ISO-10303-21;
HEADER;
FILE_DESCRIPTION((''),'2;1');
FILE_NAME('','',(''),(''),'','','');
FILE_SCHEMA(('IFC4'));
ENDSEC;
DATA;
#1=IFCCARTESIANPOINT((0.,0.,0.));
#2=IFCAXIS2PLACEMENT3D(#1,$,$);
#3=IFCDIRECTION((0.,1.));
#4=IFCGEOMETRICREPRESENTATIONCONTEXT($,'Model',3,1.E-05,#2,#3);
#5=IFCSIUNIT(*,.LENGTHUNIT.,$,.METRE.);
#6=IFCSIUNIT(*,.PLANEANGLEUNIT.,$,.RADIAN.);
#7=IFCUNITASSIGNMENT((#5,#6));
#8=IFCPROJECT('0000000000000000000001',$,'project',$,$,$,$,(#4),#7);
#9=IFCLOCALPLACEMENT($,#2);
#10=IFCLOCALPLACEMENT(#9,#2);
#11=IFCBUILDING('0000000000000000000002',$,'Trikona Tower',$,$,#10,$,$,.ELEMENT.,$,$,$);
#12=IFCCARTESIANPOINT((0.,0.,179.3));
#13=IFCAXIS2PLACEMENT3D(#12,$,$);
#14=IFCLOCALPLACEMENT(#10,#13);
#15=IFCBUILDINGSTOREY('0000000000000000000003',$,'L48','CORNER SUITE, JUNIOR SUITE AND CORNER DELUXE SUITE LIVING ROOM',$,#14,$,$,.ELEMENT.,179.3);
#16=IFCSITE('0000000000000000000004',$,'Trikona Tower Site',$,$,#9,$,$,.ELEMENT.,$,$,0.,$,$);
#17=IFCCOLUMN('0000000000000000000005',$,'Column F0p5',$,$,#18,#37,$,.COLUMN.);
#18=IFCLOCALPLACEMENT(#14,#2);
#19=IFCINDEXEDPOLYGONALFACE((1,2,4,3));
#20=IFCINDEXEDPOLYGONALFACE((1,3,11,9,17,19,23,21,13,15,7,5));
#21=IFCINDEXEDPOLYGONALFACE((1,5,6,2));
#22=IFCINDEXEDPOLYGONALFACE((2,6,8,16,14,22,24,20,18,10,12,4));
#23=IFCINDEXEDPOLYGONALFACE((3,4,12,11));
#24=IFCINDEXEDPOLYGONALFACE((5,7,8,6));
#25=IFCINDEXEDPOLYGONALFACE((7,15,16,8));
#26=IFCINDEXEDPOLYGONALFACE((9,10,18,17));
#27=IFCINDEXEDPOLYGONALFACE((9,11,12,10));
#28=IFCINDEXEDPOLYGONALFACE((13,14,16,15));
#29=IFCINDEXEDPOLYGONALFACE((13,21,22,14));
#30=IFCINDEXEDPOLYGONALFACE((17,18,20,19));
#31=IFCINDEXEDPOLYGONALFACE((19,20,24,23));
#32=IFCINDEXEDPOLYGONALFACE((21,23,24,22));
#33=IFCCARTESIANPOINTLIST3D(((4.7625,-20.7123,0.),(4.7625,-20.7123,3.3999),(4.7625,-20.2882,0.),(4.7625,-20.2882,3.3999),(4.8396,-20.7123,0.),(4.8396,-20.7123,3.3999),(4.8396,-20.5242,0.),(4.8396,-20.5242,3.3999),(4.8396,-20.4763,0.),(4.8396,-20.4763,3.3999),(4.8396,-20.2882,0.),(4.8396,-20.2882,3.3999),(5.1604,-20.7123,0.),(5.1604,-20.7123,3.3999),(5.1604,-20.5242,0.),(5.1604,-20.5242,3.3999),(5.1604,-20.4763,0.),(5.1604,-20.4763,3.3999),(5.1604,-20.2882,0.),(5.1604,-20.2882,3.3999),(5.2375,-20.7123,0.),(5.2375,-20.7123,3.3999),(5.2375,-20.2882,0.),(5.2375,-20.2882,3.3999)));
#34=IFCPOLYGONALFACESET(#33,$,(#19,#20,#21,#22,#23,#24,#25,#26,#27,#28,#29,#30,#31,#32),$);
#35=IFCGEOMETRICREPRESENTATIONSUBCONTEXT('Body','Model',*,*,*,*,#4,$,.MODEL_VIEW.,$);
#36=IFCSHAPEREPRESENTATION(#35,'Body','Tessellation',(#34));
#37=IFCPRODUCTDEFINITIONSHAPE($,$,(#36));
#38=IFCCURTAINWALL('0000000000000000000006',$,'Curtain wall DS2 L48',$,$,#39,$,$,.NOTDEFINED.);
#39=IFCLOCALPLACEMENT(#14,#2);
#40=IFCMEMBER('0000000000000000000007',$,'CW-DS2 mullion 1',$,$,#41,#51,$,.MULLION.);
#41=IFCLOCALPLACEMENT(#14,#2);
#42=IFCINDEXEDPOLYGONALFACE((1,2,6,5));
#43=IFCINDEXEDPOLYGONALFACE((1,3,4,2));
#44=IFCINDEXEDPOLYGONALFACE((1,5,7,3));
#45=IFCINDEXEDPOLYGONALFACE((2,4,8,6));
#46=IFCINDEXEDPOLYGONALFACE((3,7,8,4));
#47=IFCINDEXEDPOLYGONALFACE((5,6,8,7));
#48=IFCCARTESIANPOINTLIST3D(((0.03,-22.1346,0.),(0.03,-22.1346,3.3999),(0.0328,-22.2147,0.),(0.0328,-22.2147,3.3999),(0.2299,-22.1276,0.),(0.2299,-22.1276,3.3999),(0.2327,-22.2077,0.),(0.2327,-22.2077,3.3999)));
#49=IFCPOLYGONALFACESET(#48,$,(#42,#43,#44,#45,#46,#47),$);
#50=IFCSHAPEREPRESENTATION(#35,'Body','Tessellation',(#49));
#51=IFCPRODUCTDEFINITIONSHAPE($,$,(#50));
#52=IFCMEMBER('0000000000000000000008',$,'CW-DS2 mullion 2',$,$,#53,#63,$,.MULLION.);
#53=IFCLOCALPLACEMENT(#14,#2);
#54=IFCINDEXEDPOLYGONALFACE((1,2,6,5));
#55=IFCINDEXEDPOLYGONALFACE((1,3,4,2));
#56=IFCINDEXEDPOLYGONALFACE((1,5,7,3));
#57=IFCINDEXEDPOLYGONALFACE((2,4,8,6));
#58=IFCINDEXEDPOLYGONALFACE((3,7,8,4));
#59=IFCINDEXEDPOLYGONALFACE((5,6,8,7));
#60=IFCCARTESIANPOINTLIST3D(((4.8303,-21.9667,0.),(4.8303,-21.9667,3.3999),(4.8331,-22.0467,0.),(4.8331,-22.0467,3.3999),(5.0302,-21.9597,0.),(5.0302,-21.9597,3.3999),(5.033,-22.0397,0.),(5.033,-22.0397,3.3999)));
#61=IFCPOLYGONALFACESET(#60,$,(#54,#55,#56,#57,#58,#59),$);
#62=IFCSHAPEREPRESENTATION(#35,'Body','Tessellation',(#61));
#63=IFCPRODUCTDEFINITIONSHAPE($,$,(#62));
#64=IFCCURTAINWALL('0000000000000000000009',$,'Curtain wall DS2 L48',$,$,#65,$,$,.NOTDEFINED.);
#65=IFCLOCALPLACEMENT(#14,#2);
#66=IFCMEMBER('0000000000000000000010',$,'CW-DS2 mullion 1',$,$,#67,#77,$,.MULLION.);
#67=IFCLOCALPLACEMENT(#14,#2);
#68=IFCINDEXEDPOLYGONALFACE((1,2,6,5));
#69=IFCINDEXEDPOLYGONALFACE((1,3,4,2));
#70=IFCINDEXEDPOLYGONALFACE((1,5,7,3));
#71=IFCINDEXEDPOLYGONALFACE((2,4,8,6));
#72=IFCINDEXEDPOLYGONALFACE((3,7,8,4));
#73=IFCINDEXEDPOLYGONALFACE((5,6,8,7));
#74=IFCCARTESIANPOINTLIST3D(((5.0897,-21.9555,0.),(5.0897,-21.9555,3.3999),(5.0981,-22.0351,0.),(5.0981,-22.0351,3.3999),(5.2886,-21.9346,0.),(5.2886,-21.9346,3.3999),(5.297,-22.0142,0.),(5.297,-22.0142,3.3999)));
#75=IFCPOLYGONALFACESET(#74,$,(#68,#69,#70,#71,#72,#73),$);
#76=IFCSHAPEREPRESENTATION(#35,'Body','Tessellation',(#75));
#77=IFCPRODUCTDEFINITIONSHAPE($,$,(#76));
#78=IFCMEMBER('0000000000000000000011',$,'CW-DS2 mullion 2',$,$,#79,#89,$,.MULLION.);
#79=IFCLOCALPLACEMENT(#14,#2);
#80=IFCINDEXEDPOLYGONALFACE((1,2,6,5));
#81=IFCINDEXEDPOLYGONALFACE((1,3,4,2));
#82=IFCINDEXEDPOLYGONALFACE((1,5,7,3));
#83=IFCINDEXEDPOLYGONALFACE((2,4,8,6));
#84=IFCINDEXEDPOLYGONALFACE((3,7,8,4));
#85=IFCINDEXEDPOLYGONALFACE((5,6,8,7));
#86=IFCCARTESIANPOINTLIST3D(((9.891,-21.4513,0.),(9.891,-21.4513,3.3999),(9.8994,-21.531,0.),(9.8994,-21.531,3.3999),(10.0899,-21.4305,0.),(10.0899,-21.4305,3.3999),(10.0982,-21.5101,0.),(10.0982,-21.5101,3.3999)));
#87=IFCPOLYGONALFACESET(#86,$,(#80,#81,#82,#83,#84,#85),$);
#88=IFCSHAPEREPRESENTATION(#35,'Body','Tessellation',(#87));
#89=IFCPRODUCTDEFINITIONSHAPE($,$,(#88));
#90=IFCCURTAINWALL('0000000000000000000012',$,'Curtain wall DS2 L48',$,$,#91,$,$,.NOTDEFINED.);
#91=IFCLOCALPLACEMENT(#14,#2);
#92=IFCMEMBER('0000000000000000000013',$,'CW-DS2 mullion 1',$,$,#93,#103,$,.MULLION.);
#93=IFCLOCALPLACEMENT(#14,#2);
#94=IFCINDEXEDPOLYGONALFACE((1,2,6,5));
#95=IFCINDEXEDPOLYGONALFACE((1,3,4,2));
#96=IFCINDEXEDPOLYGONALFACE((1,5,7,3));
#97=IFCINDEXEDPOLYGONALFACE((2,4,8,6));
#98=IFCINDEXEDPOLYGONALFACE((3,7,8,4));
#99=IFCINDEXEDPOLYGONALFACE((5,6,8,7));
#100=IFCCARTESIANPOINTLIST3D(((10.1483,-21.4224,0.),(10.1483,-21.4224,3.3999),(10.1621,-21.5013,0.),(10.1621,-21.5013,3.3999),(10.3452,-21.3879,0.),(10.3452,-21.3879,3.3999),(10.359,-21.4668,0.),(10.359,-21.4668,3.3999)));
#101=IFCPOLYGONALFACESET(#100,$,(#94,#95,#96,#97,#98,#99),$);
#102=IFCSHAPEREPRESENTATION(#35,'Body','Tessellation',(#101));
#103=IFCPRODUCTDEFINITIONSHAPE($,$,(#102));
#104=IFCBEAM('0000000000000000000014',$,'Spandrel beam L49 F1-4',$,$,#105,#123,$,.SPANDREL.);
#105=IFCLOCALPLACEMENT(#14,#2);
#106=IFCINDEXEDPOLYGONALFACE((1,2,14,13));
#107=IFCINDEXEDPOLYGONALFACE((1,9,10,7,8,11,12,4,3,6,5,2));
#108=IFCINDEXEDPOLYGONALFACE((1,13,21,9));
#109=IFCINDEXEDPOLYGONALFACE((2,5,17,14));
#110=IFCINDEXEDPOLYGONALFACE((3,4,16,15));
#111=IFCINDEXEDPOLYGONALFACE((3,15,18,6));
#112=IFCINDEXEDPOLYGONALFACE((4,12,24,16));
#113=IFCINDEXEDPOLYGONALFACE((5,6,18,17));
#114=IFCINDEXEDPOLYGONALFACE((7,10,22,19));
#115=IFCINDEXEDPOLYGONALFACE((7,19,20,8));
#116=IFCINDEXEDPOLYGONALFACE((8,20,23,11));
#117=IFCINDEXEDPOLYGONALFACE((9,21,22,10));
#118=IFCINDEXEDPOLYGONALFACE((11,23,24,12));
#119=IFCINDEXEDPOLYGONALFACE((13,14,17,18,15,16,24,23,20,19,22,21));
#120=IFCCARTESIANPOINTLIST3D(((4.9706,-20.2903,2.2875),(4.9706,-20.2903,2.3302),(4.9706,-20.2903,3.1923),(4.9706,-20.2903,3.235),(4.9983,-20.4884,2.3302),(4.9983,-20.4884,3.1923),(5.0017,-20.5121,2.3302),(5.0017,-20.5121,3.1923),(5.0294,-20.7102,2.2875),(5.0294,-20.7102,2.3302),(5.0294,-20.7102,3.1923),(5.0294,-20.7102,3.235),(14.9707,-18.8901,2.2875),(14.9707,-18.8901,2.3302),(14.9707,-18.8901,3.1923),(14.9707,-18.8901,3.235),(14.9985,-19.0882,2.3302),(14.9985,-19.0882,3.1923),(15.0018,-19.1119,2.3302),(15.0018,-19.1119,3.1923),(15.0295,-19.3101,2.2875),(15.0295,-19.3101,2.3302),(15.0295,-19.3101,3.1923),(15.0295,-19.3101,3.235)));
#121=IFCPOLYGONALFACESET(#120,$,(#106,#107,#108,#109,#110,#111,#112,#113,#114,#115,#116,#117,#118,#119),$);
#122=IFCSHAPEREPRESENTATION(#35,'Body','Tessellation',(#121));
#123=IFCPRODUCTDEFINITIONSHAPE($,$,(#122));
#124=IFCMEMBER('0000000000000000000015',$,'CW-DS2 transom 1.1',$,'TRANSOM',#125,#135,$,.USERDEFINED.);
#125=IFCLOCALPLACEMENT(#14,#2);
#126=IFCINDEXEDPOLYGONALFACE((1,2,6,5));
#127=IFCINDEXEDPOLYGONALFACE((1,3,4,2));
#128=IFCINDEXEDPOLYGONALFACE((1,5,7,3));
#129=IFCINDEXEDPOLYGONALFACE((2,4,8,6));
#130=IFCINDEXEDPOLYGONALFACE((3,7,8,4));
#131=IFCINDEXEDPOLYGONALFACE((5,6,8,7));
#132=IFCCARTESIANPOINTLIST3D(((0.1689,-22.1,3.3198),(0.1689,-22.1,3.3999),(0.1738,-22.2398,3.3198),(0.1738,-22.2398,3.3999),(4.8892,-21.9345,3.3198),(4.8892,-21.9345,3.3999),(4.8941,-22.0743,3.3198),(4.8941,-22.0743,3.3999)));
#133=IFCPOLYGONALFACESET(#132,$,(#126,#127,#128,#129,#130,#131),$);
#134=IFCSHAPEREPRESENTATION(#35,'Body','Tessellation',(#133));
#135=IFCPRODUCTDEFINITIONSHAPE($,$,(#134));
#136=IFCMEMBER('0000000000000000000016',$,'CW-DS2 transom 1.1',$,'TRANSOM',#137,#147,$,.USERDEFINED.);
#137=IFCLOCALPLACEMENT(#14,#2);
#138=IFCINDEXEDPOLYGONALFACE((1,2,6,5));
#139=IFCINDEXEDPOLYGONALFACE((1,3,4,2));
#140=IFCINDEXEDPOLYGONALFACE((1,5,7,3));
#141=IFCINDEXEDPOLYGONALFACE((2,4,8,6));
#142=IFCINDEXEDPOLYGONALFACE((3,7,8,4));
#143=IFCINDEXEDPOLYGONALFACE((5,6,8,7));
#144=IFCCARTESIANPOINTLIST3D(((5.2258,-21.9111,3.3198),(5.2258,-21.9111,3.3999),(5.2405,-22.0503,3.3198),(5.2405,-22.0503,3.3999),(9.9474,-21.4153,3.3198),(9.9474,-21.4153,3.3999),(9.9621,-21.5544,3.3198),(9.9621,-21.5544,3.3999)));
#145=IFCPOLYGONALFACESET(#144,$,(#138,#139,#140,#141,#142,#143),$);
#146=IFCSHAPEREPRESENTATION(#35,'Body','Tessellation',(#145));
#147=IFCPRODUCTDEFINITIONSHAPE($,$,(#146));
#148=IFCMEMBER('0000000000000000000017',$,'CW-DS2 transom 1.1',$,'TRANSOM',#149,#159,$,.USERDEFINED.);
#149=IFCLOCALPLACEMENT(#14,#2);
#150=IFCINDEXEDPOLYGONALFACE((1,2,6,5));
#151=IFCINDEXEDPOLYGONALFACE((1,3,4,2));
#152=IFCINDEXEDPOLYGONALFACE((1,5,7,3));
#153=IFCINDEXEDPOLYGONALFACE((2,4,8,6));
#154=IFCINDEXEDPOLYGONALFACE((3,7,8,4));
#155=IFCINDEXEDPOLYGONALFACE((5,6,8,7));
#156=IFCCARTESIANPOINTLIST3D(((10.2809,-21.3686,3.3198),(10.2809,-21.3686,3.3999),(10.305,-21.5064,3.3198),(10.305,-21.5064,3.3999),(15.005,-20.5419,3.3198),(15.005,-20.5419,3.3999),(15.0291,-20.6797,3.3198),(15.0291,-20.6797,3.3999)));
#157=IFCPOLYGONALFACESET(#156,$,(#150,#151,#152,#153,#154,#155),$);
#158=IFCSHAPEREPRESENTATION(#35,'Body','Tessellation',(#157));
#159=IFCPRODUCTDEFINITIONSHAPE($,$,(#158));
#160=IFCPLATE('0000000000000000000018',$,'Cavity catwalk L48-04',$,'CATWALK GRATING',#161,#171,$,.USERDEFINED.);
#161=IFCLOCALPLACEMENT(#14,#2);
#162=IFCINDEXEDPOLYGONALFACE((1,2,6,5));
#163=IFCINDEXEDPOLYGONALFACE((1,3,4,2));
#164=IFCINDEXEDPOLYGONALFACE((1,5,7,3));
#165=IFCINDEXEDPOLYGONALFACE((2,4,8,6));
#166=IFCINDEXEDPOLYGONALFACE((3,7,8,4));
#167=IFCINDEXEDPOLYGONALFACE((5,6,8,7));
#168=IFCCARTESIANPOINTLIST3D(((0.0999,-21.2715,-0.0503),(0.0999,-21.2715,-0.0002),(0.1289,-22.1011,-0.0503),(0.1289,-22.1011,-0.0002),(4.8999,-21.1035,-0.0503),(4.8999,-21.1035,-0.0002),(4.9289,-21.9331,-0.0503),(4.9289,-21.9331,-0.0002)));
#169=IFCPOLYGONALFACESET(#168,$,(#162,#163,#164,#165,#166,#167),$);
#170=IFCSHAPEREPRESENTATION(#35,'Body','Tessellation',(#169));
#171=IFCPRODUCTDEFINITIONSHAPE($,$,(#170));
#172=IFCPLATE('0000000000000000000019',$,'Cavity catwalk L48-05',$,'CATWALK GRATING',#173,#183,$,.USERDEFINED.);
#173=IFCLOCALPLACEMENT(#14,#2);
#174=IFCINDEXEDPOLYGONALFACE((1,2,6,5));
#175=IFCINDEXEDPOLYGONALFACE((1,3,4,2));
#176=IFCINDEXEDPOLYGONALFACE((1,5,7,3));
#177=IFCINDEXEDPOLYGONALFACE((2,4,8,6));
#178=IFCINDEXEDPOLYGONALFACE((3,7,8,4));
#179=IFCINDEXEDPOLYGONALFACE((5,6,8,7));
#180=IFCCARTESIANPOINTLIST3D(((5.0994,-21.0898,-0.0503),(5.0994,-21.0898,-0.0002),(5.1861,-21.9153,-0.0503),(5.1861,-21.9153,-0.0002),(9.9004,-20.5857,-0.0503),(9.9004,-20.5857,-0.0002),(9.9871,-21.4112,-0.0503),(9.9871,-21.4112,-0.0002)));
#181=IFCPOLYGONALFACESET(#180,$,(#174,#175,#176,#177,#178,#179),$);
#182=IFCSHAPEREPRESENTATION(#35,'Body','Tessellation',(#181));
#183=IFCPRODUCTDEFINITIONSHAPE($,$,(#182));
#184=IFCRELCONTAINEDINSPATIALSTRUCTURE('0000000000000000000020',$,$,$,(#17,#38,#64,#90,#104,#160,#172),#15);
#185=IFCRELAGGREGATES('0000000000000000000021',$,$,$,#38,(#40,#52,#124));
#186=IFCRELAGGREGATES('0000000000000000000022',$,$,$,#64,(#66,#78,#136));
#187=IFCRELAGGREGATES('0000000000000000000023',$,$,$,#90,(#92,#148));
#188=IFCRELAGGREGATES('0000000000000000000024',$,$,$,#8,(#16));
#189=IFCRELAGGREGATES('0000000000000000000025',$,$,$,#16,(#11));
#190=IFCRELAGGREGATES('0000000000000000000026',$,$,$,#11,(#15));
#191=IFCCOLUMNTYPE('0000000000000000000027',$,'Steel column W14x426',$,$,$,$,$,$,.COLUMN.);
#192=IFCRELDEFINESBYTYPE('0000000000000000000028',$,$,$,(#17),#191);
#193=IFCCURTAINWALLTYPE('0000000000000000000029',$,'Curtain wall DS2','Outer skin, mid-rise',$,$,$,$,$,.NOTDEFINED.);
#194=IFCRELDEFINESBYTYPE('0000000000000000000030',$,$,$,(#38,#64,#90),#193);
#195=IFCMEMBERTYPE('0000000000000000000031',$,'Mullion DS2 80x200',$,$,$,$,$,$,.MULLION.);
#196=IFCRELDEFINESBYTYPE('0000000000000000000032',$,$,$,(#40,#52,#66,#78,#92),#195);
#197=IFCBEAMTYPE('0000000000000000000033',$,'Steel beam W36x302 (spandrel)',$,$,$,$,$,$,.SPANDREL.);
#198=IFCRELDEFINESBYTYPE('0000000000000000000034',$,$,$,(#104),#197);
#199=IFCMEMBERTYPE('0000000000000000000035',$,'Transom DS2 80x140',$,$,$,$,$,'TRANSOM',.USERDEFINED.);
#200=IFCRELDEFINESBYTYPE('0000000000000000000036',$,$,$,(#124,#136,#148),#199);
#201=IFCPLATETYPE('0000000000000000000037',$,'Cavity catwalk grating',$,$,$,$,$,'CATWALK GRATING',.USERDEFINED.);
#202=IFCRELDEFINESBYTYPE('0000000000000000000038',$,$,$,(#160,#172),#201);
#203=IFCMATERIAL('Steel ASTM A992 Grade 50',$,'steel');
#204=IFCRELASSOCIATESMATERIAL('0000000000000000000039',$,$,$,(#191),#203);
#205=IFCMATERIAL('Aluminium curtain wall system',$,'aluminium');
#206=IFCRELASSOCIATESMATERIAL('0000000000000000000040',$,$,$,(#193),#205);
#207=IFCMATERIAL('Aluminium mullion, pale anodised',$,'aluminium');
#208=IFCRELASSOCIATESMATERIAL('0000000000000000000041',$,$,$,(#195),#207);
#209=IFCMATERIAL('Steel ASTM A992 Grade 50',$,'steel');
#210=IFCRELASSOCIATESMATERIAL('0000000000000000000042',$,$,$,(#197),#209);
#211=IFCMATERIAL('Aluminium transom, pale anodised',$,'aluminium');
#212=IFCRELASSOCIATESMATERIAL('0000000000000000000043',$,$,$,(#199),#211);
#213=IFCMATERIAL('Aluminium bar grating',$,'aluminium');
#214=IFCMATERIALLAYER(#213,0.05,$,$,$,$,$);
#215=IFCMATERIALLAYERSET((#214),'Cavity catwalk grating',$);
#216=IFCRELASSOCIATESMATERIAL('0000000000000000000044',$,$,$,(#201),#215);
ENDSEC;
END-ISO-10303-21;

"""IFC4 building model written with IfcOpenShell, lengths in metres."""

from ifc_helpers import new_model, si_unit, direction, frame, origin, origin_2d, place, context, subcontext, project, spatial, rectangle, i_section, extrude, material, layer, layer_set, material_profile, profile_set, type_object, element, aggregate, save


model = new_model("IFC4")

# Units and contexts
model_context = context("Model", 3, precision=1e-05, world=origin(), true_north=direction((0.0, 1.0)))
body_context = subcontext(model_context, "Body", "Model", "MODEL_VIEW")
ifc_project = project(units=[si_unit("LENGTHUNIT", "METRE"), si_unit("PLANEANGLEUNIT", "RADIAN")], contexts=[model_context])

# Site, building, storey
site_placement = place(None, origin())
site = spatial("IfcSite", under=ifc_project, at=site_placement, Name="Trikona Tower Site", CompositionType="ELEMENT", RefElevation=0.0)
building_placement = place(site_placement, origin())
building = spatial("IfcBuilding", under=site, at=building_placement, Name="Trikona Tower", CompositionType="ELEMENT")
storey_placement = place(building_placement, frame((0.0, 0.0, 179.3)))
storey = spatial("IfcBuildingStorey", under=building, at=storey_placement, Name="L48", Description="CORNER SUITE, JUNIOR SUITE AND CORNER DELUXE SUITE LIVING ROOM", CompositionType="ELEMENT", Elevation=179.3)

# Column
ifc_material_1 = material(Name="Steel ASTM A992 Grade 50", Category="steel")
ifc_material_profile_1 = material_profile(ifc_material_1, i_section(OverallWidth=0.4241, OverallDepth=0.4751, WebThickness=0.0479, FlangeThickness=0.0771, at=origin_2d()), Name="W14X426")
ifc_profile_set_1 = profile_set([ifc_material_profile_1], Name="Steel ASTM A992 Grade 50")
column_type = type_object("IfcColumnType", Name="Steel column W14x426", PredefinedType="COLUMN", material=ifc_profile_set_1)
column_placement = place(storey_placement, frame((5.0, -20.5002, 0.0), z_axis=(0.0, 0.0, 1.0), x_axis=(0.0, -1.0, 0.0)))
element("IfcColumn", 1, at=column_placement, inside=storey, type_object=column_type, Name="Column F0p5", PredefinedType="COLUMN", context=body_context, shape_type="SweptSolid", body=[
    extrude(i_section(OverallWidth=0.4241, OverallDepth=0.4751, WebThickness=0.0479, FlangeThickness=0.0771, at=origin_2d()), origin(), (0.0, 0.0, 1.0), 3.3999),
])

# Curtain walls, members
ifc_material_2 = material(Name="Aluminium curtain wall system", Category="aluminium")
curtain_wall_type = type_object("IfcCurtainWallType", Name="Curtain wall DS2", Description="Outer skin, mid-rise", PredefinedType="NOTDEFINED", material=ifc_material_2)
curtain_wall_1_placement = place(storey_placement, origin())
curtain_wall_1 = element("IfcCurtainWall", 2, at=curtain_wall_1_placement, inside=storey, type_object=curtain_wall_type, Name="Curtain wall DS2 L48", PredefinedType="NOTDEFINED")
ifc_material_3 = material(Name="Aluminium mullion, pale anodised", Category="aluminium")
ifc_material_profile_2 = material_profile(ifc_material_3, rectangle(XDim=0.0801, YDim=0.2, at=origin_2d()), Name="MUL-DS2")
ifc_profile_set_2 = profile_set([ifc_material_profile_2], Name="Aluminium mullion, pale anodised")
member_type_1 = type_object("IfcMemberType", Name="Mullion DS2 80x200", PredefinedType="MULLION", material=ifc_profile_set_2)
member_1_placement = place(storey_placement, frame((0.1313, -22.1711, 0.0), z_axis=(0.0, 0.0, 1.0), x_axis=(-0.034998, 0.999387, 0.0)))
member_1 = element("IfcMember", 3, at=member_1_placement, type_object=member_type_1, Name="CW-DS2 mullion 1", PredefinedType="MULLION", context=body_context, shape_type="SweptSolid", body=[
    extrude(rectangle(XDim=0.0801, YDim=0.2, at=origin_2d()), origin(), (0.0, 0.0, 1.0), 3.3999),
])
member_2_placement = place(storey_placement, frame((4.9316, -22.0032, 0.0), z_axis=(0.0, 0.0, 1.0), x_axis=(-0.034998, 0.999387, 0.0)))
member_2 = element("IfcMember", 4, at=member_2_placement, type_object=member_type_1, Name="CW-DS2 mullion 2", PredefinedType="MULLION", context=body_context, shape_type="SweptSolid", body=[
    extrude(rectangle(XDim=0.0801, YDim=0.2, at=origin_2d()), origin(), (0.0, 0.0, 1.0), 3.3999),
])
curtain_wall_2_placement = place(storey_placement, origin())
curtain_wall_2 = element("IfcCurtainWall", 5, at=curtain_wall_2_placement, inside=storey, type_object=curtain_wall_type, Name="Curtain wall DS2 L48", PredefinedType="NOTDEFINED")
member_3_placement = place(storey_placement, frame((5.1934, -21.9849, 0.0), z_axis=(0.0, 0.0, 1.0), x_axis=(-0.104433, 0.994532, 0.0)))
member_3 = element("IfcMember", 6, at=member_3_placement, type_object=member_type_1, Name="CW-DS2 mullion 1", PredefinedType="MULLION", context=body_context, shape_type="SweptSolid", body=[
    extrude(rectangle(XDim=0.0801, YDim=0.2, at=origin_2d()), origin(), (0.0, 0.0, 1.0), 3.3999),
])
member_4_placement = place(storey_placement, frame((9.9946, -21.4807, 0.0), z_axis=(0.0, 0.0, 1.0), x_axis=(-0.104433, 0.994532, 0.0)))
member_4 = element("IfcMember", 7, at=member_4_placement, type_object=member_type_1, Name="CW-DS2 mullion 2", PredefinedType="MULLION", context=body_context, shape_type="SweptSolid", body=[
    extrude(rectangle(XDim=0.0801, YDim=0.2, at=origin_2d()), origin(), (0.0, 0.0, 1.0), 3.3999),
])

# Curtain wall, member
curtain_wall_3_placement = place(storey_placement, origin())
curtain_wall_3 = element("IfcCurtainWall", 8, at=curtain_wall_3_placement, inside=storey, type_object=curtain_wall_type, Name="Curtain wall DS2 L48", PredefinedType="NOTDEFINED")
member_5_placement = place(storey_placement, frame((10.2537, -21.4446, 0.0), z_axis=(0.0, 0.0, 1.0), x_axis=(-0.172377, 0.985031, 0.0)))
member_5 = element("IfcMember", 9, at=member_5_placement, type_object=member_type_1, Name="CW-DS2 mullion 1", PredefinedType="MULLION", context=body_context, shape_type="SweptSolid", body=[
    extrude(rectangle(XDim=0.0801, YDim=0.2, at=origin_2d()), origin(), (0.0, 0.0, 1.0), 3.3999),
])

# Beam
ifc_material_4 = material(Name="Steel ASTM A992 Grade 50", Category="steel")
ifc_material_profile_3 = material_profile(ifc_material_4, i_section(OverallWidth=0.4241, OverallDepth=0.9475, WebThickness=0.0239, FlangeThickness=0.0427, at=origin_2d()), Name="W36X302")
ifc_profile_set_3 = profile_set([ifc_material_profile_3], Name="Steel ASTM A992 Grade 50")
beam_type = type_object("IfcBeamType", Name="Steel beam W36x302 (spandrel)", PredefinedType="SPANDREL", material=ifc_profile_set_3)
beam_placement = place(storey_placement, frame((5.0, -20.5002, 2.7612), z_axis=(0.99034, 0.138662, 0.0), x_axis=(-0.138662, 0.99034, 0.0)))
element("IfcBeam", 10, at=beam_placement, inside=storey, type_object=beam_type, Name="Spandrel beam L49 F1-4", PredefinedType="SPANDREL", context=body_context, shape_type="SweptSolid", body=[
    extrude(i_section(OverallWidth=0.4241, OverallDepth=0.9475, WebThickness=0.0239, FlangeThickness=0.0427, at=origin_2d()), origin(), (0.0, 0.0, 1.0), 10.0977),
])

# Members
ifc_material_5 = material(Name="Aluminium transom, pale anodised", Category="aluminium")
ifc_material_profile_4 = material_profile(ifc_material_5, rectangle(XDim=0.1399, YDim=0.0801, at=origin_2d()), Name="TRN-DS2")
ifc_profile_set_4 = profile_set([ifc_material_profile_4], Name="Aluminium transom, pale anodised")
member_type_2 = type_object("IfcMemberType", Name="Transom DS2 80x140", ElementType="TRANSOM", PredefinedType="USERDEFINED", material=ifc_profile_set_4)
member_6_placement = place(storey_placement, frame((0.1714, -22.1699, 3.3599), z_axis=(0.999386, 0.035046, 0.0), x_axis=(-0.035046, 0.999386, 0.0)))
member_6 = element("IfcMember", 11, at=member_6_placement, type_object=member_type_2, Name="CW-DS2 transom 1.1", ObjectType="TRANSOM", PredefinedType="USERDEFINED", context=body_context, shape_type="SweptSolid", body=[
    extrude(rectangle(XDim=0.1399, YDim=0.0801, at=origin_2d()), origin(), (0.0, 0.0, 1.0), 4.7231),
])
member_7_placement = place(storey_placement, frame((5.2332, -21.9807, 3.3599), z_axis=(0.994531, 0.104441, 0.0), x_axis=(-0.104441, 0.994531, 0.0)))
member_7 = element("IfcMember", 12, at=member_7_placement, type_object=member_type_2, Name="CW-DS2 transom 1.1", ObjectType="TRANSOM", PredefinedType="USERDEFINED", context=body_context, shape_type="SweptSolid", body=[
    extrude(rectangle(XDim=0.1399, YDim=0.0801, at=origin_2d()), origin(), (0.0, 0.0, 1.0), 4.7476),
])
member_8_placement = place(storey_placement, frame((10.293, -21.4375, 3.3599), z_axis=(0.985033, 0.172368, 0.0), x_axis=(-0.172368, 0.985033, 0.0)))
member_8 = element("IfcMember", 13, at=member_8_placement, type_object=member_type_2, Name="CW-DS2 transom 1.1", ObjectType="TRANSOM", PredefinedType="USERDEFINED", context=body_context, shape_type="SweptSolid", body=[
    extrude(rectangle(XDim=0.1399, YDim=0.0801, at=origin_2d()), origin(), (0.0, 0.0, 1.0), 4.7959),
])

# Plates
ifc_material_6 = material(Name="Aluminium bar grating", Category="aluminium")
ifc_layer_1 = layer(ifc_material_6, 0.05)
ifc_layer_set_1 = layer_set([ifc_layer_1], Name="Cavity catwalk grating")
plate_type_1 = type_object("IfcPlateType", Name="Cavity catwalk grating", ElementType="CATWALK GRATING", PredefinedType="USERDEFINED", material=ifc_layer_set_1)
plate_1_placement = place(storey_placement, frame((2.5144, -21.6023, -0.0503), z_axis=(0.0, 0.0, 1.0), x_axis=(0.999388, 0.034978, 0.0)))
element("IfcPlate", 14, at=plate_1_placement, inside=storey, type_object=plate_type_1, Name="Cavity catwalk L48-04", ObjectType="CATWALK GRATING", PredefinedType="USERDEFINED", context=body_context, shape_type="SweptSolid", body=[
    extrude(rectangle(XDim=4.803, YDim=0.8301, at=origin_2d()), origin(), (0.0, 0.0, 1.0), 0.05),
])
plate_2_placement = place(storey_placement, frame((7.5432, -21.2505, -0.0503), z_axis=(0.0, 0.0, 1.0), x_axis=(0.994533, 0.104426, 0.0)))
element("IfcPlate", 15, at=plate_2_placement, inside=storey, type_object=plate_type_1, Name="Cavity catwalk L48-05", ObjectType="CATWALK GRATING", PredefinedType="USERDEFINED", context=body_context, shape_type="SweptSolid", body=[
    extrude(rectangle(XDim=4.8274, YDim=0.8301, at=origin_2d()), origin(), (0.0, 0.0, 1.0), 0.05),
])

aggregate(curtain_wall_1, [member_1, member_2, member_6])
aggregate(curtain_wall_2, [member_3, member_4, member_7])
aggregate(curtain_wall_3, [member_5, member_8])

save(model, "model.ifc")
